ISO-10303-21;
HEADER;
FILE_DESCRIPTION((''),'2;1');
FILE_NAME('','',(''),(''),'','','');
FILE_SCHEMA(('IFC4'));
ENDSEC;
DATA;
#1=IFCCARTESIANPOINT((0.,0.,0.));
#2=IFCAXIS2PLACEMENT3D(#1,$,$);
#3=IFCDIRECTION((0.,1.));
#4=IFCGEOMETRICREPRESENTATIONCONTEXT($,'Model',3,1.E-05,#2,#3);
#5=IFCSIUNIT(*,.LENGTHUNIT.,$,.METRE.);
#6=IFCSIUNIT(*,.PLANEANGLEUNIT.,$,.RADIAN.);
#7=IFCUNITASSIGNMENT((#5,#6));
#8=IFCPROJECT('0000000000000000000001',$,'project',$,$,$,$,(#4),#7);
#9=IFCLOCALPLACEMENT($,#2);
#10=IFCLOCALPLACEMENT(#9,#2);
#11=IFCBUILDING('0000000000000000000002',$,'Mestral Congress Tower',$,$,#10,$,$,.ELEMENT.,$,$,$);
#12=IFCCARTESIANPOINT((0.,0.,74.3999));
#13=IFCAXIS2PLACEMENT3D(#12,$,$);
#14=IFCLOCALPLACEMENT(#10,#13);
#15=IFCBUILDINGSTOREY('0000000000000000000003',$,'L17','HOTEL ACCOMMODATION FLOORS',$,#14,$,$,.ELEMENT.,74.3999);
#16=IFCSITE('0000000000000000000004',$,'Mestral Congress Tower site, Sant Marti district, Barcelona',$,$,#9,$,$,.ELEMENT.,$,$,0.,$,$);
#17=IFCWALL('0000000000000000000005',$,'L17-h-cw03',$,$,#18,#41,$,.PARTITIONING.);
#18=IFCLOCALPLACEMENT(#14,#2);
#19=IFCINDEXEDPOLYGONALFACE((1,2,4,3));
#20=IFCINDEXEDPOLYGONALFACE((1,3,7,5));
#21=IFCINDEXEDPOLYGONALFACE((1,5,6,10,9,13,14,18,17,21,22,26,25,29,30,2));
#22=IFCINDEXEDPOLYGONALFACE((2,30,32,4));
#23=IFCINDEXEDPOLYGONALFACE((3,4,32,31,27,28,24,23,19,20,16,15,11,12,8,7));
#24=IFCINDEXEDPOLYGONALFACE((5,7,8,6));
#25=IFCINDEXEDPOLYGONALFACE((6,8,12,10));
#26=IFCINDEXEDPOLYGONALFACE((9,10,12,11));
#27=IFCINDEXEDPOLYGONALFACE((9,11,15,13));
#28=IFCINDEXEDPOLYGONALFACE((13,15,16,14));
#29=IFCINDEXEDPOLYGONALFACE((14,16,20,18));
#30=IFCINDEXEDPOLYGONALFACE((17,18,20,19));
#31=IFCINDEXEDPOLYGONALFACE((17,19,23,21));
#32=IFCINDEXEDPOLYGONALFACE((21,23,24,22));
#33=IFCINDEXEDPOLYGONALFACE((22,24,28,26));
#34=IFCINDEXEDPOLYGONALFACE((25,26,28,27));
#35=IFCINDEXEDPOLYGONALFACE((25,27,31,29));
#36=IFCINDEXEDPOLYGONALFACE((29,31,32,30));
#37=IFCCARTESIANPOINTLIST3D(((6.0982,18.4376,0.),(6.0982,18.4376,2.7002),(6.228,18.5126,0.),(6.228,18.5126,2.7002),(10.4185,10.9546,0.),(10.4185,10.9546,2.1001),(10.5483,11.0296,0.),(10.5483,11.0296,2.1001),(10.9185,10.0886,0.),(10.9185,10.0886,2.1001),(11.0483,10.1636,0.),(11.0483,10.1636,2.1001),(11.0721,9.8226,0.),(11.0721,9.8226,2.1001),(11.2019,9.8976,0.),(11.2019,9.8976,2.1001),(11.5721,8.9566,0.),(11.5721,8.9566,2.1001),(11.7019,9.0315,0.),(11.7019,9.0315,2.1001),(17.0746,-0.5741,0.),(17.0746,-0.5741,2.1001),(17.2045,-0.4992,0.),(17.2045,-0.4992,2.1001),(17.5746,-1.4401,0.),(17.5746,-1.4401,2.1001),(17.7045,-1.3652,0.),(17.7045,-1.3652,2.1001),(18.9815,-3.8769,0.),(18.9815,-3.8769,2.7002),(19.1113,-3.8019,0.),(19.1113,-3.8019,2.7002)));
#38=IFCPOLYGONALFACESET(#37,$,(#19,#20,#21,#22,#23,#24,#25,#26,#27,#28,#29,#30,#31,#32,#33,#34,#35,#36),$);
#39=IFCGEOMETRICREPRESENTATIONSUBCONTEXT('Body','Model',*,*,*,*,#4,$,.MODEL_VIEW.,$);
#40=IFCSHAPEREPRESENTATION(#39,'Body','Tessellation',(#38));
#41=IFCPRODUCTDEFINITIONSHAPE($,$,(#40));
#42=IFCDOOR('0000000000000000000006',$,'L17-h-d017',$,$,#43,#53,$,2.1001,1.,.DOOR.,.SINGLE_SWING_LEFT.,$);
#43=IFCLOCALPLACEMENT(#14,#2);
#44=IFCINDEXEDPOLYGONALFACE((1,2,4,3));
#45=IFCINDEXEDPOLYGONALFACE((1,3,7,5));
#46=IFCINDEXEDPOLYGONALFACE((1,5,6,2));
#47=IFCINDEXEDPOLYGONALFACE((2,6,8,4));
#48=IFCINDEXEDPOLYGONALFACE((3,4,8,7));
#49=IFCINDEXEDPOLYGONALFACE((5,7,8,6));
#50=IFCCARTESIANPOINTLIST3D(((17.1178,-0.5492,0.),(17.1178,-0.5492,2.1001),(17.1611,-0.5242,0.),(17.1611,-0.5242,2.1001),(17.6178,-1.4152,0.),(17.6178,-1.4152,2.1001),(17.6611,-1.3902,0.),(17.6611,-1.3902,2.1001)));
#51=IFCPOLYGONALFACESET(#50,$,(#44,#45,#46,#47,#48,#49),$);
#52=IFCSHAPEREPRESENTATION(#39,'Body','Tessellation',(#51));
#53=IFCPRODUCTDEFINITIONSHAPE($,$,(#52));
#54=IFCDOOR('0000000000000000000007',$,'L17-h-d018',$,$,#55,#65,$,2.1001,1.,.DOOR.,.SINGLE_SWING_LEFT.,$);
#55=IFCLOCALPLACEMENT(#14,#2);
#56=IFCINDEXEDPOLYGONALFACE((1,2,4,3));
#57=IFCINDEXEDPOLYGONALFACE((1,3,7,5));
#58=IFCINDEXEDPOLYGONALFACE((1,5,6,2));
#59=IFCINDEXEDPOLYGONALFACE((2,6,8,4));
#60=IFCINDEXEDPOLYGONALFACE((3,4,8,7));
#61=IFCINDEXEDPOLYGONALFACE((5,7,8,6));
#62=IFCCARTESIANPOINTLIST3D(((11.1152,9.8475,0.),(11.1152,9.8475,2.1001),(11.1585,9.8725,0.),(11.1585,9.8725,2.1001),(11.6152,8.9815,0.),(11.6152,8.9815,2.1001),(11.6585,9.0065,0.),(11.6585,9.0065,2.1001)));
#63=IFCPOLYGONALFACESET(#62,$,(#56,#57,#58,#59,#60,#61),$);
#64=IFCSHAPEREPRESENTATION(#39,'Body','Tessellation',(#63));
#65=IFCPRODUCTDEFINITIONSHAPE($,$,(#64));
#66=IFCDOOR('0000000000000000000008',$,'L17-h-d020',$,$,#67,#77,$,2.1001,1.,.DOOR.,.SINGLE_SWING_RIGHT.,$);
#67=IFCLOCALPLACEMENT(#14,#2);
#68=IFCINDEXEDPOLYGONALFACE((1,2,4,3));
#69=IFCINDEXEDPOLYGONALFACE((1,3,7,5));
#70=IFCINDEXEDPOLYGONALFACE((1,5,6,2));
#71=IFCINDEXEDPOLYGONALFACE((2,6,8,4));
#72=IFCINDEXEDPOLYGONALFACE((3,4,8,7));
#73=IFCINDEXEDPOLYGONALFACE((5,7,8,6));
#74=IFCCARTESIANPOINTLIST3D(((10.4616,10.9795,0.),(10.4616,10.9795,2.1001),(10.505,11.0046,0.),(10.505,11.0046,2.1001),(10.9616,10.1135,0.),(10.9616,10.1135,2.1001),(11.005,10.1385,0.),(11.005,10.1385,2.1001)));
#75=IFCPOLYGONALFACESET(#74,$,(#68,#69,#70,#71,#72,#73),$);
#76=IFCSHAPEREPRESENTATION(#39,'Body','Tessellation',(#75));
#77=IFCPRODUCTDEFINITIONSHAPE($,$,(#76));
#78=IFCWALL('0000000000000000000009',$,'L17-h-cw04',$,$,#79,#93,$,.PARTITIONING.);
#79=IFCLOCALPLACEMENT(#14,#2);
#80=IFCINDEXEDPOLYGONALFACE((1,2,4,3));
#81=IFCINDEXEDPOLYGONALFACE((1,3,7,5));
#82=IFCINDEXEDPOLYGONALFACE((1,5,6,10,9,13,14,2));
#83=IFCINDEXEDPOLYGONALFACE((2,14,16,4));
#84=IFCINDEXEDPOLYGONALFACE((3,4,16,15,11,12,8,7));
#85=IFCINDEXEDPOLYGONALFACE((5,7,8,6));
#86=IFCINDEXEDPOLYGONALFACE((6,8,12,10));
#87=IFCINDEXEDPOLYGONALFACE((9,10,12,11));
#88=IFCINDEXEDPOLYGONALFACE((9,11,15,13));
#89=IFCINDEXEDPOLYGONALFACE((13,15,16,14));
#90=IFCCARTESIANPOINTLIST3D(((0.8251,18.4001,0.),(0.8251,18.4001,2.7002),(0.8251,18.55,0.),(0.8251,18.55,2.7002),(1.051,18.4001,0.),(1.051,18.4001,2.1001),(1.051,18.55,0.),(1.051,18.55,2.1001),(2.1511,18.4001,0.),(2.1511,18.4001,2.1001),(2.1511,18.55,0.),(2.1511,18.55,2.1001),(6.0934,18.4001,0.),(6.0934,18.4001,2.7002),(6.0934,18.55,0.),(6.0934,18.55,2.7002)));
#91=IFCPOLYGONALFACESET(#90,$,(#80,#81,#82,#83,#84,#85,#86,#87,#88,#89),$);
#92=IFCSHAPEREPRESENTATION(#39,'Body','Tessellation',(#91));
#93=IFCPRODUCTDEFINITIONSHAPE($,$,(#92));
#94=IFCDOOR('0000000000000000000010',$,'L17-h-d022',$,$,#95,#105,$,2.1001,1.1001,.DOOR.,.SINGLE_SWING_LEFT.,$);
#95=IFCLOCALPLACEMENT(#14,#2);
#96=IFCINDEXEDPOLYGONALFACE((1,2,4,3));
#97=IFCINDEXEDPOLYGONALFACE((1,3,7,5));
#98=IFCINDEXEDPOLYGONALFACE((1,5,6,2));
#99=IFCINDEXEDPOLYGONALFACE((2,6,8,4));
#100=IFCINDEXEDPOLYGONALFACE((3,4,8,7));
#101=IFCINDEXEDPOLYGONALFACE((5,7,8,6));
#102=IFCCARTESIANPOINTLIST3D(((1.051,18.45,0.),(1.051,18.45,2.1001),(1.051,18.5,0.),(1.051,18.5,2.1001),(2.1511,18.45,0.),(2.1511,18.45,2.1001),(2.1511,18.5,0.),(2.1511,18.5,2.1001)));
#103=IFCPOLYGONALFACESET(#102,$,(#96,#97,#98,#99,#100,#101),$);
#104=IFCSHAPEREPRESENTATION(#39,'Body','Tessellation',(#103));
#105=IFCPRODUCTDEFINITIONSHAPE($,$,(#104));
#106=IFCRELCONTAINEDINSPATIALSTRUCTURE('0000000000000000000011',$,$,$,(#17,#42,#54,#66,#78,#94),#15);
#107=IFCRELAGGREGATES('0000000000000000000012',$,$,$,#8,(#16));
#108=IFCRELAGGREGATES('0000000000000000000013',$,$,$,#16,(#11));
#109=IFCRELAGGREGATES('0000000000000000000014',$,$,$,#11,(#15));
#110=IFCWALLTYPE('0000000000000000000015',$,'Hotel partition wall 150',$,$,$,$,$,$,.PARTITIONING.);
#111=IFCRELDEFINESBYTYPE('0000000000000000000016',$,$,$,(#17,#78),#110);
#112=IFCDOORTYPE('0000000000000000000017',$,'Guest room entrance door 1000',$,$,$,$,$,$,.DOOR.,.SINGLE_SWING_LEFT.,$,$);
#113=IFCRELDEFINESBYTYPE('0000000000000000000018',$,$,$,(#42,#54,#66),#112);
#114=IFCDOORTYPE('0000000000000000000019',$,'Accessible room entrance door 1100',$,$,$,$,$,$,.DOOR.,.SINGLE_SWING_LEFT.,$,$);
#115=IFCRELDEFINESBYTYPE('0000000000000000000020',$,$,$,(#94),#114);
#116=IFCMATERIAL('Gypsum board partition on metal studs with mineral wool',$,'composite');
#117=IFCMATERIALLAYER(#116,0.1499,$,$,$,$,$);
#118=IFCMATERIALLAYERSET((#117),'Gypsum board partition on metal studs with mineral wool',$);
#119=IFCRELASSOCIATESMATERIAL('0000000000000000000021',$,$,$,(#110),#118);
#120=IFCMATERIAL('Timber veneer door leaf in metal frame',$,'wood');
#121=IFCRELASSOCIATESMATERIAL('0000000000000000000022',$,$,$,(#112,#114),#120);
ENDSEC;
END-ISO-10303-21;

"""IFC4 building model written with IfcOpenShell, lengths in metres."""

from ifc_helpers import new_model, si_unit, direction, frame, frame_2d, origin, place, context, subcontext, project, spatial, rectangle, extrude, material, layer, layer_set, type_object, element, fill, save


model = new_model("IFC4")

# Units and contexts
model_context = context("Model", 3, precision=1e-05, world=origin(), true_north=direction((0.0, 1.0)))
body_context = subcontext(model_context, "Body", "Model", "MODEL_VIEW")
ifc_project = project(units=[si_unit("LENGTHUNIT", "METRE"), si_unit("PLANEANGLEUNIT", "RADIAN")], contexts=[model_context])

# Site, building, storey
site_placement = place(None, origin())
site = spatial("IfcSite", under=ifc_project, at=site_placement, Name="Mestral Congress Tower site, Sant Marti district, Barcelona", CompositionType="ELEMENT", RefElevation=0.0)
building_placement = place(site_placement, origin())
building = spatial("IfcBuilding", under=site, at=building_placement, Name="Mestral Congress Tower", CompositionType="ELEMENT")
storey_placement = place(building_placement, frame((0.0, 0.0, 74.3999)))
storey = spatial("IfcBuildingStorey", under=building, at=storey_placement, Name="L17", Description="HOTEL ACCOMMODATION FLOORS", CompositionType="ELEMENT", Elevation=74.3999)

# Shared definitions
ifc_material_1 = material(Name="Gypsum board partition on metal studs with mineral wool", Category="composite")

# Wall, openings, doors
ifc_layer_1 = layer(ifc_material_1, 0.1499)
ifc_layer_set_1 = layer_set([ifc_layer_1], Name="Gypsum board partition on metal studs with mineral wool")
wall_type_1 = type_object("IfcWallType", Name="Hotel partition wall 150", PredefinedType="PARTITIONING", material=ifc_layer_set_1)
wall_1_placement = place(storey_placement, frame((6.1631, 18.4751, 0.0), z_axis=(0.0, 0.0, 1.0), x_axis=(0.500001, -0.866025, 0.0)))
wall_1 = element("IfcWall", 1, at=wall_1_placement, inside=storey, type_object=wall_type_1, Name="L17-h-cw03", PredefinedType="PARTITIONING", context=body_context, shape_type="SweptSolid", body=[
    extrude(rectangle(XDim=25.7666, YDim=0.1499, at=frame_2d((12.8833, 0.0))), origin(), (0.0, 0.0, 1.0), 2.7002),
])
opening_1_placement = place(wall_1_placement, frame((21.9529, 0.0, 0.0)))
opening_1 = element("IfcOpeningElement", 2, at=opening_1_placement, cuts=wall_1, PredefinedType="OPENING", context=body_context, shape_type="SweptSolid", body=[
    extrude(rectangle(XDim=1.0, YDim=2.1001, at=frame_2d((0.5, 1.05))), frame((0.0, 0.085, 0.0), z_axis=(0.0, -1.0, 0.0), x_axis=(1.0, 0.0, 0.0)), (0.0, 0.0, 1.0), 0.1699),
])
opening_2_placement = place(wall_1_placement, frame((9.9478, 0.0, 0.0)))
opening_2 = element("IfcOpeningElement", 3, at=opening_2_placement, cuts=wall_1, PredefinedType="OPENING", context=body_context, shape_type="SweptSolid", body=[
    extrude(rectangle(XDim=1.0, YDim=2.1001, at=frame_2d((0.5, 1.05))), frame((0.0, 0.085, 0.0), z_axis=(0.0, -1.0, 0.0), x_axis=(1.0, 0.0, 0.0)), (0.0, 0.0, 1.0), 0.1699),
])
opening_3_placement = place(wall_1_placement, frame((8.6406, 0.0, 0.0)))
opening_3 = element("IfcOpeningElement", 4, at=opening_3_placement, cuts=wall_1, PredefinedType="OPENING", context=body_context, shape_type="SweptSolid", body=[
    extrude(rectangle(XDim=1.0, YDim=2.1001, at=frame_2d((0.5, 1.05))), frame((0.0, 0.085, 0.0), z_axis=(0.0, -1.0, 0.0), x_axis=(1.0, 0.0, 0.0)), (0.0, 0.0, 1.0), 0.1699),
])
ifc_material_2 = material(Name="Timber veneer door leaf in metal frame", Category="wood")
door_type_1 = type_object("IfcDoorType", Name="Guest room entrance door 1000", OperationType="SINGLE_SWING_LEFT", PredefinedType="DOOR", material=ifc_material_2)
door_1_placement = place(opening_1_placement, origin())
door_1 = element("IfcDoor", 5, at=door_1_placement, inside=storey, type_object=door_type_1, Name="L17-h-d017", OperationType="SINGLE_SWING_LEFT", OverallHeight=2.1001, OverallWidth=1.0, PredefinedType="DOOR", context=body_context, shape_type="SweptSolid", body=[
    extrude(rectangle(XDim=1.0, YDim=2.1001, at=frame_2d((0.5, 1.05))), frame((0.0, 0.0249, 0.0), z_axis=(0.0, -1.0, 0.0), x_axis=(1.0, 0.0, 0.0)), (0.0, 0.0, 1.0), 0.05),
])
fill(opening_1, door_1)
door_2_placement = place(opening_2_placement, origin())
door_2 = element("IfcDoor", 6, at=door_2_placement, inside=storey, type_object=door_type_1, Name="L17-h-d018", OperationType="SINGLE_SWING_LEFT", OverallHeight=2.1001, OverallWidth=1.0, PredefinedType="DOOR", context=body_context, shape_type="SweptSolid", body=[
    extrude(rectangle(XDim=1.0, YDim=2.1001, at=frame_2d((0.5, 1.05))), frame((0.0, 0.0249, 0.0), z_axis=(0.0, -1.0, 0.0), x_axis=(1.0, 0.0, 0.0)), (0.0, 0.0, 1.0), 0.05),
])
fill(opening_2, door_2)
door_3_placement = place(opening_3_placement, origin())
door_3 = element("IfcDoor", 7, at=door_3_placement, inside=storey, type_object=door_type_1, Name="L17-h-d020", OperationType="SINGLE_SWING_RIGHT", OverallHeight=2.1001, OverallWidth=1.0, PredefinedType="DOOR", context=body_context, shape_type="SweptSolid", body=[
    extrude(rectangle(XDim=1.0, YDim=2.1001, at=frame_2d((0.5, 1.05))), frame((0.0, 0.0249, 0.0), z_axis=(0.0, -1.0, 0.0), x_axis=(1.0, 0.0, 0.0)), (0.0, 0.0, 1.0), 0.05),
])
fill(opening_3, door_3)

# Wall, opening, door
wall_2_placement = place(storey_placement, frame((0.825, 18.4751, 0.0), z_axis=(0.0, 0.0, 1.0), x_axis=(1.0, 0.0, 0.0)))
wall_2 = element("IfcWall", 8, at=wall_2_placement, inside=storey, type_object=wall_type_1, Name="L17-h-cw04", PredefinedType="PARTITIONING", context=body_context, shape_type="SweptSolid", body=[
    extrude(rectangle(XDim=5.2683, YDim=0.1499, at=frame_2d((2.6343, 0.0))), origin(), (0.0, 0.0, 1.0), 2.7002),
])
opening_4_placement = place(wall_2_placement, frame((0.2261, 0.0, 0.0)))
opening_4 = element("IfcOpeningElement", 9, at=opening_4_placement, cuts=wall_2, PredefinedType="OPENING", context=body_context, shape_type="SweptSolid", body=[
    extrude(rectangle(XDim=1.1001, YDim=2.1001, at=frame_2d((0.55, 1.05))), frame((0.0, 0.085, 0.0), z_axis=(0.0, -1.0, 0.0), x_axis=(1.0, 0.0, 0.0)), (0.0, 0.0, 1.0), 0.1699),
])
door_type_2 = type_object("IfcDoorType", Name="Accessible room entrance door 1100", OperationType="SINGLE_SWING_LEFT", PredefinedType="DOOR", material=ifc_material_2)
door_4_placement = place(opening_4_placement, origin())
door_4 = element("IfcDoor", 10, at=door_4_placement, inside=storey, type_object=door_type_2, Name="L17-h-d022", OperationType="SINGLE_SWING_LEFT", OverallHeight=2.1001, OverallWidth=1.1001, PredefinedType="DOOR", context=body_context, shape_type="SweptSolid", body=[
    extrude(rectangle(XDim=1.1001, YDim=2.1001, at=frame_2d((0.55, 1.05))), frame((0.0, 0.0249, 0.0), z_axis=(0.0, -1.0, 0.0), x_axis=(1.0, 0.0, 0.0)), (0.0, 0.0, 1.0), 0.05),
])
fill(opening_4, door_4)

save(model, "model.ifc")
